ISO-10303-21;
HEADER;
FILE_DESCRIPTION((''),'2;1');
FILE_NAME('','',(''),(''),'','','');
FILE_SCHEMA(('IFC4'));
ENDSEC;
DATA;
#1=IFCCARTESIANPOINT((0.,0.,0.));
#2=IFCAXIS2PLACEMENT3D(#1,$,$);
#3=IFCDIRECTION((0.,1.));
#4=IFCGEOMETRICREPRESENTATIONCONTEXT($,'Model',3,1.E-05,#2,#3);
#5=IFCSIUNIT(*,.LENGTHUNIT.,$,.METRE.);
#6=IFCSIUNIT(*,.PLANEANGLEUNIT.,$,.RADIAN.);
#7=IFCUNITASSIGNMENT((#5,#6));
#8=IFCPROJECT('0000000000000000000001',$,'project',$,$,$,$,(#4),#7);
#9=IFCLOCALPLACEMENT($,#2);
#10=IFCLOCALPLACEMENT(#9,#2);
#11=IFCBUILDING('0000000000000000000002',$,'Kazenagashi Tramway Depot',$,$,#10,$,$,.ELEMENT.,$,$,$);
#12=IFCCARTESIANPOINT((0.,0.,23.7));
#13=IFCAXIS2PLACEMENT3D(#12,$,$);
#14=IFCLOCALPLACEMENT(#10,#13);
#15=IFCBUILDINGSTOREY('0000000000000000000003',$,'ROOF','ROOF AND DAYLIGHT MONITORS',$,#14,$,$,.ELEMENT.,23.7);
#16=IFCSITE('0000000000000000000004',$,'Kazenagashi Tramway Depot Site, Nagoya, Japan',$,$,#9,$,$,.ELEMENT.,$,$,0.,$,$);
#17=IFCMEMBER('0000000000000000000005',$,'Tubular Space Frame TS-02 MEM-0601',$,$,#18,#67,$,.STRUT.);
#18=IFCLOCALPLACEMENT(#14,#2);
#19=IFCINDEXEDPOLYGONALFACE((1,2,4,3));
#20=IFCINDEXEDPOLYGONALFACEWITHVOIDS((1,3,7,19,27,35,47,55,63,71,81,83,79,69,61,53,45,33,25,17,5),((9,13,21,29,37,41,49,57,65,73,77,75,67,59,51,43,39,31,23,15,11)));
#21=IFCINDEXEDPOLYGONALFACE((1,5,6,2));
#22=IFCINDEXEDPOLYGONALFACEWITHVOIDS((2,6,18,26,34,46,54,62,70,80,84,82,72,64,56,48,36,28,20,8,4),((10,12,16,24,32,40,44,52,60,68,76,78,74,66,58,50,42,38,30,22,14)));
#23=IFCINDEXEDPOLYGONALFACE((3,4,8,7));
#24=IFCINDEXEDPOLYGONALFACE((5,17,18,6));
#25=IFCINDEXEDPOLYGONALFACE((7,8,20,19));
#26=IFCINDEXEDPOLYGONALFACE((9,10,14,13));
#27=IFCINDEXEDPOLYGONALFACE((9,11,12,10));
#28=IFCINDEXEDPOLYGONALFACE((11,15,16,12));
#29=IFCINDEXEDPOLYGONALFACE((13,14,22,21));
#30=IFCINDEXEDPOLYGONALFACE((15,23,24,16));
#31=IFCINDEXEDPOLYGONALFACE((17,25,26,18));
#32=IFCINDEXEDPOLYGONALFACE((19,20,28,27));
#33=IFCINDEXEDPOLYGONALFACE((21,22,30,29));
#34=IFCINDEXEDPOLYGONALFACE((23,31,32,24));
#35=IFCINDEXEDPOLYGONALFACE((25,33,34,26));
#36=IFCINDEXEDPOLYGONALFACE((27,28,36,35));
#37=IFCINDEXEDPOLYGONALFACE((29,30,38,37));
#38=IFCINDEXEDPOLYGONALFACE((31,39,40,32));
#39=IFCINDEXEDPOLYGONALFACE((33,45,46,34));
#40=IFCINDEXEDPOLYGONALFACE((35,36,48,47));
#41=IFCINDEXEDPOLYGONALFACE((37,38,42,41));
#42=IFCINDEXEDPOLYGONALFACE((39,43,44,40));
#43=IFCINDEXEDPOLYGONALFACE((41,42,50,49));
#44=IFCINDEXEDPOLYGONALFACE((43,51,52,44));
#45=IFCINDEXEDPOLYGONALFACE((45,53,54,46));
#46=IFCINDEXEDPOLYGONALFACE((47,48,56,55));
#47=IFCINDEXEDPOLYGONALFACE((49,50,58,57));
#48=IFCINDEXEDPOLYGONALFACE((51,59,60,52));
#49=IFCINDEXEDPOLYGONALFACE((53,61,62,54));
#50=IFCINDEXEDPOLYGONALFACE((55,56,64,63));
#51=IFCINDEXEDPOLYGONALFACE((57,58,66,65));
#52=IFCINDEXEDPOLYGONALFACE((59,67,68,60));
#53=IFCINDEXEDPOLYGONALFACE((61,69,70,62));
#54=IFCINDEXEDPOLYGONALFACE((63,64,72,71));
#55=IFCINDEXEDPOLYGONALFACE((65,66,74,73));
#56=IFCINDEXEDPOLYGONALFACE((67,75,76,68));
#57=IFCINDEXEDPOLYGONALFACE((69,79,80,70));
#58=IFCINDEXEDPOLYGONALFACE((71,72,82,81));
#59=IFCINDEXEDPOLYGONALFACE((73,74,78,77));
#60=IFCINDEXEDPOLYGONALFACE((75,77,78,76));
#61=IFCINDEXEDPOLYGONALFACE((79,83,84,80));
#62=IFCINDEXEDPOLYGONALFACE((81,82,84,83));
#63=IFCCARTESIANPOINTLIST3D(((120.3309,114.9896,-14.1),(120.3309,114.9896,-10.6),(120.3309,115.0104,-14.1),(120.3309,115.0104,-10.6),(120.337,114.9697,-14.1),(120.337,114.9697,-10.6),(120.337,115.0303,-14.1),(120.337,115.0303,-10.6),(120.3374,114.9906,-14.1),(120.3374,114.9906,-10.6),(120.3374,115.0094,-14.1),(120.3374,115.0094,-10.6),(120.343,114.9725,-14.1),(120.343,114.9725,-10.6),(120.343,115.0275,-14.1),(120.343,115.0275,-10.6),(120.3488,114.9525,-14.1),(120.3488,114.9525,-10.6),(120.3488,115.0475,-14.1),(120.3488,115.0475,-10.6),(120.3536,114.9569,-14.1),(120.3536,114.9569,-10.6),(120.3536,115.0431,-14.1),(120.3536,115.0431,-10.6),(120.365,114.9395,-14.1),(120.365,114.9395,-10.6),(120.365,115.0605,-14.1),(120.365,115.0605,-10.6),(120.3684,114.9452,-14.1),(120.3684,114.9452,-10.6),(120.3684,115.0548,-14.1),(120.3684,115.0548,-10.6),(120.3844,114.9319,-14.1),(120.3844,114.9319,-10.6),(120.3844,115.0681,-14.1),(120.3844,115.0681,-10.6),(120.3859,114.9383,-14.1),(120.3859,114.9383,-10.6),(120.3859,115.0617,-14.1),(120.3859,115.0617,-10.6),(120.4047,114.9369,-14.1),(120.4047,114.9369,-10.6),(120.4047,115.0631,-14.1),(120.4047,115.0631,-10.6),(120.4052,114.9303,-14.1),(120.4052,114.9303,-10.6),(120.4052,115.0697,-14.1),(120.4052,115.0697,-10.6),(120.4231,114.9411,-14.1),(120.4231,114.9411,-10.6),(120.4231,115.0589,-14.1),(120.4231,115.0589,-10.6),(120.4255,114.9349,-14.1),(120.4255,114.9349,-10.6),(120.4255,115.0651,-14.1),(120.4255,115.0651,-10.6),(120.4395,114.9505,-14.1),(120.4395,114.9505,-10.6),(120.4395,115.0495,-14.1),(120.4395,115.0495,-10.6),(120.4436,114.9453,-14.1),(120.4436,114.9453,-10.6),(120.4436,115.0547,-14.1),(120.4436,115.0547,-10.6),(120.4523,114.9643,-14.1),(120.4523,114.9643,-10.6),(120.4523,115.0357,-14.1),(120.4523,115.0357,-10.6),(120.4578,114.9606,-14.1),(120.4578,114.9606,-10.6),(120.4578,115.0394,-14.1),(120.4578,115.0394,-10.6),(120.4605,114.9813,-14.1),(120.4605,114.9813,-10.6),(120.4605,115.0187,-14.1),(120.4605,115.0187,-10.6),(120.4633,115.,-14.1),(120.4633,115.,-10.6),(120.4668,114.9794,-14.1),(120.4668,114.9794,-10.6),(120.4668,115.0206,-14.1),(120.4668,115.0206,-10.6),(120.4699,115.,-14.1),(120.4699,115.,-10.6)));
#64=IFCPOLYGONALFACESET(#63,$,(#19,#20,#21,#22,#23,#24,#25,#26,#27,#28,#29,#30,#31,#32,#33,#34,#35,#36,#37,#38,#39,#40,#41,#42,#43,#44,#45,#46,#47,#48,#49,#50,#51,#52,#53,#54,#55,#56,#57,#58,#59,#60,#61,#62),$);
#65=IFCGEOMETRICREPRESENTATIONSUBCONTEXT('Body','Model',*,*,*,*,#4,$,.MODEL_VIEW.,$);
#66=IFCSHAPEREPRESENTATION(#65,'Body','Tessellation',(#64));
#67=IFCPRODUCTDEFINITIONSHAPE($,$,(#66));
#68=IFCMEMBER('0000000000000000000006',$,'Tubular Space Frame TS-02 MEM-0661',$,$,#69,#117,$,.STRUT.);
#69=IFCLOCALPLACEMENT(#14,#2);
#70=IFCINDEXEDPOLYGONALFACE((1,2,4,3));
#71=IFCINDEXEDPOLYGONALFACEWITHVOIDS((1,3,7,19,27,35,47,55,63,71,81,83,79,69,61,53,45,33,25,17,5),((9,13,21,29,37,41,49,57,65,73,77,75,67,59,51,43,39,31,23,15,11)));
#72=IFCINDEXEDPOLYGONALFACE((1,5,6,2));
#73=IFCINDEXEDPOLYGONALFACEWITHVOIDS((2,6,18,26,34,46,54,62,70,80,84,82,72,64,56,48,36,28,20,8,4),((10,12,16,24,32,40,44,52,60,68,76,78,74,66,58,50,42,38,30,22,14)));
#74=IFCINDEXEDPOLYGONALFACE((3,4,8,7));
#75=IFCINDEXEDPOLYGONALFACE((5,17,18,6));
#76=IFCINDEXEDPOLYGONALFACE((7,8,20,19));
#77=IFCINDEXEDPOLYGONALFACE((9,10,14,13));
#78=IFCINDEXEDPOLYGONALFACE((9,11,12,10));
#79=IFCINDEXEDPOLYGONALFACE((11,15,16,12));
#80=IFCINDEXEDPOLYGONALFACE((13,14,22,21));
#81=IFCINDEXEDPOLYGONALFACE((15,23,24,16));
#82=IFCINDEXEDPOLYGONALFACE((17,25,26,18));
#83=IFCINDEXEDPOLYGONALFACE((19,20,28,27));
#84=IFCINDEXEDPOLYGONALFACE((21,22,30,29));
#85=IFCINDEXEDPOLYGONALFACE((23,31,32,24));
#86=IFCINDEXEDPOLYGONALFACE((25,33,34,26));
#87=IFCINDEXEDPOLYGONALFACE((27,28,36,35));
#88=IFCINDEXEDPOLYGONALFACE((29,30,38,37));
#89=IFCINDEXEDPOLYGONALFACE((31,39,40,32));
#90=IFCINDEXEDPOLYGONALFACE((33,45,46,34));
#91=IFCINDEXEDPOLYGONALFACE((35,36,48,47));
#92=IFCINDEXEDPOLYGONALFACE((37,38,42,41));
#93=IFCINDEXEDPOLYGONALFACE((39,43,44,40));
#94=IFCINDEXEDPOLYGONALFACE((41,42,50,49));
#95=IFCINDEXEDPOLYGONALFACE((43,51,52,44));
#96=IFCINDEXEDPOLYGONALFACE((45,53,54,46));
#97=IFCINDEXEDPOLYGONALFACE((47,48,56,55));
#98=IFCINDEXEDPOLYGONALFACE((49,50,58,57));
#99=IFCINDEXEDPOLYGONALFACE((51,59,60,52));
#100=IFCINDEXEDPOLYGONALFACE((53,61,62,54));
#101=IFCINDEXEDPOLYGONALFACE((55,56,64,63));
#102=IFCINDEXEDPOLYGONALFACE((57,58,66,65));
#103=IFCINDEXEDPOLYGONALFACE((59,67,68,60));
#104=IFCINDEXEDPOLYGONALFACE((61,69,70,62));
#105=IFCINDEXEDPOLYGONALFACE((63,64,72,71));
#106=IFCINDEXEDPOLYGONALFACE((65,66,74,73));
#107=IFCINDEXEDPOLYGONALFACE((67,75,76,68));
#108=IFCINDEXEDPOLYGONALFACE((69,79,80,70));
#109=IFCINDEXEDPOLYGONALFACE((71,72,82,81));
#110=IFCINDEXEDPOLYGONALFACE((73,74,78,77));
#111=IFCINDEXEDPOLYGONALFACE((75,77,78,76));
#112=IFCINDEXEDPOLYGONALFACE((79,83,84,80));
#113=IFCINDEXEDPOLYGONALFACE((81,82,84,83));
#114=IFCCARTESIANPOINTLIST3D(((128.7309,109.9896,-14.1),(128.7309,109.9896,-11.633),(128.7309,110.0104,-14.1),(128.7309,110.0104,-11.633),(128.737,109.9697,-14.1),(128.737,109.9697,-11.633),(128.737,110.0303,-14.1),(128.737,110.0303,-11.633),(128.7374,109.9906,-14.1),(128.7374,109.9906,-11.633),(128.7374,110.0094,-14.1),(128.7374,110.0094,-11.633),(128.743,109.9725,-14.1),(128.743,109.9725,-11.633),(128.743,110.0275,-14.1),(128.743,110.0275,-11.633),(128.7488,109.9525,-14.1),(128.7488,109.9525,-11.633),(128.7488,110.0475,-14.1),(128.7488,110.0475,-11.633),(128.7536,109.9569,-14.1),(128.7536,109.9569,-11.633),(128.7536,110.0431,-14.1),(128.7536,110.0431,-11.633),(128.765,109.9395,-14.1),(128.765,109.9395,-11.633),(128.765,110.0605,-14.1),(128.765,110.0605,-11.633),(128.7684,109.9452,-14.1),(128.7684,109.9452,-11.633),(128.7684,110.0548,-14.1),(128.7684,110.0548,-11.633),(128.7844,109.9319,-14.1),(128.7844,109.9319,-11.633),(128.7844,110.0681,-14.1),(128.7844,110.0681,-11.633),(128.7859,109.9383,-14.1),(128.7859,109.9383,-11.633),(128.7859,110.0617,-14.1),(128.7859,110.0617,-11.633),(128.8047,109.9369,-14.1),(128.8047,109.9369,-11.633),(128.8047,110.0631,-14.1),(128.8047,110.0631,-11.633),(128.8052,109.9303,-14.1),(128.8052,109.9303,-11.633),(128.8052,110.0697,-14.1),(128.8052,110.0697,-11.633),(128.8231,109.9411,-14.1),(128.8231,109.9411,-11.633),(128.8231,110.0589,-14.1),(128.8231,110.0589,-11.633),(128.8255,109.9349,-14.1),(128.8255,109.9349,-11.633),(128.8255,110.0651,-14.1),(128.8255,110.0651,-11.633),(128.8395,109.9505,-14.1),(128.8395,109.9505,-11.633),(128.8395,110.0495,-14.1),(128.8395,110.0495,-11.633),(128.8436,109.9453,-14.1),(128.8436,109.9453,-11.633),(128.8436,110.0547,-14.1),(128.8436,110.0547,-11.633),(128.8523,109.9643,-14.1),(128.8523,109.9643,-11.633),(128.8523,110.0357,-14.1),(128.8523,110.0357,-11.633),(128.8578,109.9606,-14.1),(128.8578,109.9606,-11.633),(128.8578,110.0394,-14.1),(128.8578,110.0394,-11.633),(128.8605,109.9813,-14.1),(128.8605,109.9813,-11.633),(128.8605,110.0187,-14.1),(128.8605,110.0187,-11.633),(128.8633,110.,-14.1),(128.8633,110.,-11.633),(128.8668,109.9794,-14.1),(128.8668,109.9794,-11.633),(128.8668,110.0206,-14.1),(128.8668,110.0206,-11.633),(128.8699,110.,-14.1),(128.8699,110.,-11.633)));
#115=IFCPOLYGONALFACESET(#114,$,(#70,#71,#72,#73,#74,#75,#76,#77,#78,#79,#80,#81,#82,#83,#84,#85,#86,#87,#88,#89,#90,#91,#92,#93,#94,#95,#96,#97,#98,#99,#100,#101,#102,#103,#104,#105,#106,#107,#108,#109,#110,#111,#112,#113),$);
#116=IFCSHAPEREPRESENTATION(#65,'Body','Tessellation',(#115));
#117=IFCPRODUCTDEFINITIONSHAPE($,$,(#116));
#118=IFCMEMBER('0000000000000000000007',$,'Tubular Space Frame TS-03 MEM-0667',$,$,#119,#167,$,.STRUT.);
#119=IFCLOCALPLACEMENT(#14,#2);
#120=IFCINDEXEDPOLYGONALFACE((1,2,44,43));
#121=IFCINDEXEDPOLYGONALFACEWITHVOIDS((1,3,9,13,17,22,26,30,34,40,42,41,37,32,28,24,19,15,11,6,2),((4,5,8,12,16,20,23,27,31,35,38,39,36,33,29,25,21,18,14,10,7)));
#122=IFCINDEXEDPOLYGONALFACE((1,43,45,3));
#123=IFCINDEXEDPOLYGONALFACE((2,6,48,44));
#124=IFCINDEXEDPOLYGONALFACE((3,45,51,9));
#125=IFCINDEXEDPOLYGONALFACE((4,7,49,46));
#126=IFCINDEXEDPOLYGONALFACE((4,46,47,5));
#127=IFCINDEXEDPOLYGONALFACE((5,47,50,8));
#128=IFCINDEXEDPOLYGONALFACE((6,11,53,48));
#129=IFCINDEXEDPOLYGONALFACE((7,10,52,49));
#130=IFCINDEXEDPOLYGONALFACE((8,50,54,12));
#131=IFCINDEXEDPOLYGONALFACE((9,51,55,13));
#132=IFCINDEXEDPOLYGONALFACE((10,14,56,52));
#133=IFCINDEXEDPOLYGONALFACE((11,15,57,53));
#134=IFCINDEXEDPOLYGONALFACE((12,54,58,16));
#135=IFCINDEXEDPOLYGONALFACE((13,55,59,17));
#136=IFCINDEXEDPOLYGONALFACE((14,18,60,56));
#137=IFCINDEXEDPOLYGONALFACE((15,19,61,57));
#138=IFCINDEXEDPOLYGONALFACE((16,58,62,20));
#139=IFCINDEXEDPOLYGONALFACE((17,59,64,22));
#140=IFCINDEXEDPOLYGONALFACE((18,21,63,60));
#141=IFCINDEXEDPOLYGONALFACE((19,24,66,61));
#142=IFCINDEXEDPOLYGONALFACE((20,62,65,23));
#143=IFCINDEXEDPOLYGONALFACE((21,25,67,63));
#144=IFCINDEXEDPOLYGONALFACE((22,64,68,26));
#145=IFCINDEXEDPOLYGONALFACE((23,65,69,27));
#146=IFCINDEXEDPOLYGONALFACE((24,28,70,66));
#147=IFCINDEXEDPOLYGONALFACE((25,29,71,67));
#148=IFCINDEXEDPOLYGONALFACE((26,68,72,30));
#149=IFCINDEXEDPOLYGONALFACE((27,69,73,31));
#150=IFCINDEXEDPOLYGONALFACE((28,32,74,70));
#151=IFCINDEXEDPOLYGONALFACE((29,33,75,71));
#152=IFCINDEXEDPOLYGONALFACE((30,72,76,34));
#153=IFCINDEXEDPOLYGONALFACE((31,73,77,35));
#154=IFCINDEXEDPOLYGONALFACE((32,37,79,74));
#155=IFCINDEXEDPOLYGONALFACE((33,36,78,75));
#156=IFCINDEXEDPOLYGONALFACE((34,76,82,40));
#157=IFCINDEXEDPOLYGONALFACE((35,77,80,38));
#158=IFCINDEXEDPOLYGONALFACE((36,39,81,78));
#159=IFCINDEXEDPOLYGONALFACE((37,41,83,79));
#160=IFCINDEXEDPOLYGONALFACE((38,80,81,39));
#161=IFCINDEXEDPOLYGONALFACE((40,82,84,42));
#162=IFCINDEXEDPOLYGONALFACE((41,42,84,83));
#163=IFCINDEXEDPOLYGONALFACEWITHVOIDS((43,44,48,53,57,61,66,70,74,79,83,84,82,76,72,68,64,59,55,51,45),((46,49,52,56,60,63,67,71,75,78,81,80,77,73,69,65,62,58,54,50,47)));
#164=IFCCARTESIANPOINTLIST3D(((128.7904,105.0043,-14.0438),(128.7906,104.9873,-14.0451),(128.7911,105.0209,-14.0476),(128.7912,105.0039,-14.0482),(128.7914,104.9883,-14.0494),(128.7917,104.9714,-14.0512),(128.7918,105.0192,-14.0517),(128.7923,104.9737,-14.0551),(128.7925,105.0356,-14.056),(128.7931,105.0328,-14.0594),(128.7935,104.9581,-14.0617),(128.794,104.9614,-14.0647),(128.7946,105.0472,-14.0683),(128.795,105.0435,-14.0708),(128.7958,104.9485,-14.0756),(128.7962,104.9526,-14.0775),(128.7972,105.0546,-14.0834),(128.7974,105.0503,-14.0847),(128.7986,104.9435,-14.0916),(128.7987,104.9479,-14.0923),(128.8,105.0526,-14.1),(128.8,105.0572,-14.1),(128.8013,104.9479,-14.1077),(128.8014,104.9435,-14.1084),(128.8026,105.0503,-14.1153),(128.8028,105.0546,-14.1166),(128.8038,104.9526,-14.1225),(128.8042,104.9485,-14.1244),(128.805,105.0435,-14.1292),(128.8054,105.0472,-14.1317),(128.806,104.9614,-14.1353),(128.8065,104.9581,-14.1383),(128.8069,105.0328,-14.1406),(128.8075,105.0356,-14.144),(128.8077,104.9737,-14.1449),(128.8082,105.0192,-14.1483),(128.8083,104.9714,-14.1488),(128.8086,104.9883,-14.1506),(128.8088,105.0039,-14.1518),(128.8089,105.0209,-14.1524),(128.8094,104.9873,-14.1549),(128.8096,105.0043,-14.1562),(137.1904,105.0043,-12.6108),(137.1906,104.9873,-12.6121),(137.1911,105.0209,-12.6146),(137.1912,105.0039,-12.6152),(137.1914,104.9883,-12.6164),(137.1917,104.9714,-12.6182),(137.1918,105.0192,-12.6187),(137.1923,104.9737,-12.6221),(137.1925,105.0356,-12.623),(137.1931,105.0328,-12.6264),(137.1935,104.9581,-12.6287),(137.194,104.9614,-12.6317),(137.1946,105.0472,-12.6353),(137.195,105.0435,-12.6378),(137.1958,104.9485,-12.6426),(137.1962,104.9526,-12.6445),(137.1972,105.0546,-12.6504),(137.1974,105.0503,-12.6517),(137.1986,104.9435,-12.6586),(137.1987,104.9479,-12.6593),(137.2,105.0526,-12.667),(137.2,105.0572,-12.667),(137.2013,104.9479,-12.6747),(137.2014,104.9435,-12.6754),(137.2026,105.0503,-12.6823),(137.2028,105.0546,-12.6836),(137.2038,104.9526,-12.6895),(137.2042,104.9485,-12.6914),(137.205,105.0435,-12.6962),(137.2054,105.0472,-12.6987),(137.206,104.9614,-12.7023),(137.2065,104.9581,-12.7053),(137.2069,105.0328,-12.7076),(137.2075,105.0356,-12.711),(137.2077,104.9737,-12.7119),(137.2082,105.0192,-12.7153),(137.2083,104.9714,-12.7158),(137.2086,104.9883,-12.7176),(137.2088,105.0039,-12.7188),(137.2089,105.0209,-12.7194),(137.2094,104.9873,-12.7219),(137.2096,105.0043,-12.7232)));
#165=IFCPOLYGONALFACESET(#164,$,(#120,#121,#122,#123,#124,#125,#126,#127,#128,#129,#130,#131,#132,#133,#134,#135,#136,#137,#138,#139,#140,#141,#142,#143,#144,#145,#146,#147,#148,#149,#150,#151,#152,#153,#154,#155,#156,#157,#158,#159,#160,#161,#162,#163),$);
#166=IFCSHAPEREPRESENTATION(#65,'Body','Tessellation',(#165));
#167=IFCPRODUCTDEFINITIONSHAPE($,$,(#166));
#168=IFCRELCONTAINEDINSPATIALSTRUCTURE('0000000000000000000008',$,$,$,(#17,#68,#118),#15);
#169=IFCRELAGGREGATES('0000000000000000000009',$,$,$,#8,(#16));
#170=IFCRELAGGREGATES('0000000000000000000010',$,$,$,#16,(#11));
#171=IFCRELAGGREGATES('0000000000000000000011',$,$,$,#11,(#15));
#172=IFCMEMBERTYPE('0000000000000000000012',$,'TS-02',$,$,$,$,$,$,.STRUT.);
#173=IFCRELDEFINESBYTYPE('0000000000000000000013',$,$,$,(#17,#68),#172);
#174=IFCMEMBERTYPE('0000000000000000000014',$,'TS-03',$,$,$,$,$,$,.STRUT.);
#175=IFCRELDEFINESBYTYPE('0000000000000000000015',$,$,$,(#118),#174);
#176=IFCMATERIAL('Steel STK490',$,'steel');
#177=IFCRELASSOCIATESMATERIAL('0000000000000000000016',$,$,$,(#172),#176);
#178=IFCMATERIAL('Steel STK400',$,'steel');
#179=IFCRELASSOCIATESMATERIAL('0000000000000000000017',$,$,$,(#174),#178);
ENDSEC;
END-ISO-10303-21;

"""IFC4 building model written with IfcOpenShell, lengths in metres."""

from ifc_helpers import new_model, si_unit, direction, frame, origin, origin_2d, place, context, subcontext, project, spatial, hollow_circle, extrude, material, material_profile, profile_set, type_object, element, save


model = new_model("IFC4")

# Units and contexts
model_context = context("Model", 3, precision=1e-05, world=origin(), true_north=direction((0.0, 1.0)))
body_context = subcontext(model_context, "Body", "Model", "MODEL_VIEW")
ifc_project = project(units=[si_unit("LENGTHUNIT", "METRE"), si_unit("PLANEANGLEUNIT", "RADIAN")], contexts=[model_context])

# Site, building, storey
site_placement = place(None, origin())
site = spatial("IfcSite", under=ifc_project, at=site_placement, Name="Kazenagashi Tramway Depot Site, Nagoya, Japan", CompositionType="ELEMENT", RefElevation=0.0)
building_placement = place(site_placement, origin())
building = spatial("IfcBuilding", under=site, at=building_placement, Name="Kazenagashi Tramway Depot", CompositionType="ELEMENT")
storey_placement = place(building_placement, frame((0.0, 0.0, 23.7)))
storey = spatial("IfcBuildingStorey", under=building, at=storey_placement, Name="ROOF", Description="ROOF AND DAYLIGHT MONITORS", CompositionType="ELEMENT", Elevation=23.7)

# Members
ifc_material_1 = material(Name="Steel STK490", Category="steel")
ifc_material_profile_1 = material_profile(ifc_material_1, hollow_circle(Radius=0.0699, WallThickness=0.0066, at=origin_2d()), Name="CHS-139.8x6.6")
ifc_profile_set_1 = profile_set([ifc_material_profile_1], Name="Steel STK490")
member_type_1 = type_object("IfcMemberType", Name="TS-02", PredefinedType="STRUT", material=ifc_profile_set_1)
member_1_placement = place(storey_placement, frame((120.4, 115.0, -14.1), z_axis=(0.0, 0.0, 1.0), x_axis=(1.0, 0.0, 0.0)))
element("IfcMember", 1, at=member_1_placement, inside=storey, type_object=member_type_1, Name="Tubular Space Frame TS-02 MEM-0601", PredefinedType="STRUT", context=body_context, shape_type="SweptSolid", body=[
    extrude(hollow_circle(Radius=0.0699, WallThickness=0.0066, at=origin_2d()), origin(), (0.0, 0.0, 1.0), 3.5),
])
member_2_placement = place(storey_placement, frame((128.8, 110.0, -14.1), z_axis=(0.0, 0.0, 1.0), x_axis=(1.0, 0.0, 0.0)))
element("IfcMember", 2, at=member_2_placement, inside=storey, type_object=member_type_1, Name="Tubular Space Frame TS-02 MEM-0661", PredefinedType="STRUT", context=body_context, shape_type="SweptSolid", body=[
    extrude(hollow_circle(Radius=0.0699, WallThickness=0.0066, at=origin_2d()), origin(), (0.0, 0.0, 1.0), 2.467),
])
ifc_material_2 = material(Name="Steel STK400", Category="steel")
ifc_material_profile_2 = material_profile(ifc_material_2, hollow_circle(Radius=0.0571, WallThickness=0.0045, at=origin_2d()), Name="CHS-114.3x4.5")
ifc_profile_set_2 = profile_set([ifc_material_profile_2], Name="Steel STK400")
member_type_2 = type_object("IfcMemberType", Name="TS-03", PredefinedType="STRUT", material=ifc_profile_set_2)
member_3_placement = place(storey_placement, frame((128.8, 105.0, -14.1), z_axis=(0.985759, 0.0, 0.168166), x_axis=(0.0, 1.0, 0.0)))
element("IfcMember", 3, at=member_3_placement, inside=storey, type_object=member_type_2, Name="Tubular Space Frame TS-03 MEM-0667", PredefinedType="STRUT", context=body_context, shape_type="SweptSolid", body=[
    extrude(hollow_circle(Radius=0.0571, WallThickness=0.0045, at=origin_2d()), origin(), (0.0, 0.0, 1.0), 8.5214),
])

save(model, "model.ifc")
